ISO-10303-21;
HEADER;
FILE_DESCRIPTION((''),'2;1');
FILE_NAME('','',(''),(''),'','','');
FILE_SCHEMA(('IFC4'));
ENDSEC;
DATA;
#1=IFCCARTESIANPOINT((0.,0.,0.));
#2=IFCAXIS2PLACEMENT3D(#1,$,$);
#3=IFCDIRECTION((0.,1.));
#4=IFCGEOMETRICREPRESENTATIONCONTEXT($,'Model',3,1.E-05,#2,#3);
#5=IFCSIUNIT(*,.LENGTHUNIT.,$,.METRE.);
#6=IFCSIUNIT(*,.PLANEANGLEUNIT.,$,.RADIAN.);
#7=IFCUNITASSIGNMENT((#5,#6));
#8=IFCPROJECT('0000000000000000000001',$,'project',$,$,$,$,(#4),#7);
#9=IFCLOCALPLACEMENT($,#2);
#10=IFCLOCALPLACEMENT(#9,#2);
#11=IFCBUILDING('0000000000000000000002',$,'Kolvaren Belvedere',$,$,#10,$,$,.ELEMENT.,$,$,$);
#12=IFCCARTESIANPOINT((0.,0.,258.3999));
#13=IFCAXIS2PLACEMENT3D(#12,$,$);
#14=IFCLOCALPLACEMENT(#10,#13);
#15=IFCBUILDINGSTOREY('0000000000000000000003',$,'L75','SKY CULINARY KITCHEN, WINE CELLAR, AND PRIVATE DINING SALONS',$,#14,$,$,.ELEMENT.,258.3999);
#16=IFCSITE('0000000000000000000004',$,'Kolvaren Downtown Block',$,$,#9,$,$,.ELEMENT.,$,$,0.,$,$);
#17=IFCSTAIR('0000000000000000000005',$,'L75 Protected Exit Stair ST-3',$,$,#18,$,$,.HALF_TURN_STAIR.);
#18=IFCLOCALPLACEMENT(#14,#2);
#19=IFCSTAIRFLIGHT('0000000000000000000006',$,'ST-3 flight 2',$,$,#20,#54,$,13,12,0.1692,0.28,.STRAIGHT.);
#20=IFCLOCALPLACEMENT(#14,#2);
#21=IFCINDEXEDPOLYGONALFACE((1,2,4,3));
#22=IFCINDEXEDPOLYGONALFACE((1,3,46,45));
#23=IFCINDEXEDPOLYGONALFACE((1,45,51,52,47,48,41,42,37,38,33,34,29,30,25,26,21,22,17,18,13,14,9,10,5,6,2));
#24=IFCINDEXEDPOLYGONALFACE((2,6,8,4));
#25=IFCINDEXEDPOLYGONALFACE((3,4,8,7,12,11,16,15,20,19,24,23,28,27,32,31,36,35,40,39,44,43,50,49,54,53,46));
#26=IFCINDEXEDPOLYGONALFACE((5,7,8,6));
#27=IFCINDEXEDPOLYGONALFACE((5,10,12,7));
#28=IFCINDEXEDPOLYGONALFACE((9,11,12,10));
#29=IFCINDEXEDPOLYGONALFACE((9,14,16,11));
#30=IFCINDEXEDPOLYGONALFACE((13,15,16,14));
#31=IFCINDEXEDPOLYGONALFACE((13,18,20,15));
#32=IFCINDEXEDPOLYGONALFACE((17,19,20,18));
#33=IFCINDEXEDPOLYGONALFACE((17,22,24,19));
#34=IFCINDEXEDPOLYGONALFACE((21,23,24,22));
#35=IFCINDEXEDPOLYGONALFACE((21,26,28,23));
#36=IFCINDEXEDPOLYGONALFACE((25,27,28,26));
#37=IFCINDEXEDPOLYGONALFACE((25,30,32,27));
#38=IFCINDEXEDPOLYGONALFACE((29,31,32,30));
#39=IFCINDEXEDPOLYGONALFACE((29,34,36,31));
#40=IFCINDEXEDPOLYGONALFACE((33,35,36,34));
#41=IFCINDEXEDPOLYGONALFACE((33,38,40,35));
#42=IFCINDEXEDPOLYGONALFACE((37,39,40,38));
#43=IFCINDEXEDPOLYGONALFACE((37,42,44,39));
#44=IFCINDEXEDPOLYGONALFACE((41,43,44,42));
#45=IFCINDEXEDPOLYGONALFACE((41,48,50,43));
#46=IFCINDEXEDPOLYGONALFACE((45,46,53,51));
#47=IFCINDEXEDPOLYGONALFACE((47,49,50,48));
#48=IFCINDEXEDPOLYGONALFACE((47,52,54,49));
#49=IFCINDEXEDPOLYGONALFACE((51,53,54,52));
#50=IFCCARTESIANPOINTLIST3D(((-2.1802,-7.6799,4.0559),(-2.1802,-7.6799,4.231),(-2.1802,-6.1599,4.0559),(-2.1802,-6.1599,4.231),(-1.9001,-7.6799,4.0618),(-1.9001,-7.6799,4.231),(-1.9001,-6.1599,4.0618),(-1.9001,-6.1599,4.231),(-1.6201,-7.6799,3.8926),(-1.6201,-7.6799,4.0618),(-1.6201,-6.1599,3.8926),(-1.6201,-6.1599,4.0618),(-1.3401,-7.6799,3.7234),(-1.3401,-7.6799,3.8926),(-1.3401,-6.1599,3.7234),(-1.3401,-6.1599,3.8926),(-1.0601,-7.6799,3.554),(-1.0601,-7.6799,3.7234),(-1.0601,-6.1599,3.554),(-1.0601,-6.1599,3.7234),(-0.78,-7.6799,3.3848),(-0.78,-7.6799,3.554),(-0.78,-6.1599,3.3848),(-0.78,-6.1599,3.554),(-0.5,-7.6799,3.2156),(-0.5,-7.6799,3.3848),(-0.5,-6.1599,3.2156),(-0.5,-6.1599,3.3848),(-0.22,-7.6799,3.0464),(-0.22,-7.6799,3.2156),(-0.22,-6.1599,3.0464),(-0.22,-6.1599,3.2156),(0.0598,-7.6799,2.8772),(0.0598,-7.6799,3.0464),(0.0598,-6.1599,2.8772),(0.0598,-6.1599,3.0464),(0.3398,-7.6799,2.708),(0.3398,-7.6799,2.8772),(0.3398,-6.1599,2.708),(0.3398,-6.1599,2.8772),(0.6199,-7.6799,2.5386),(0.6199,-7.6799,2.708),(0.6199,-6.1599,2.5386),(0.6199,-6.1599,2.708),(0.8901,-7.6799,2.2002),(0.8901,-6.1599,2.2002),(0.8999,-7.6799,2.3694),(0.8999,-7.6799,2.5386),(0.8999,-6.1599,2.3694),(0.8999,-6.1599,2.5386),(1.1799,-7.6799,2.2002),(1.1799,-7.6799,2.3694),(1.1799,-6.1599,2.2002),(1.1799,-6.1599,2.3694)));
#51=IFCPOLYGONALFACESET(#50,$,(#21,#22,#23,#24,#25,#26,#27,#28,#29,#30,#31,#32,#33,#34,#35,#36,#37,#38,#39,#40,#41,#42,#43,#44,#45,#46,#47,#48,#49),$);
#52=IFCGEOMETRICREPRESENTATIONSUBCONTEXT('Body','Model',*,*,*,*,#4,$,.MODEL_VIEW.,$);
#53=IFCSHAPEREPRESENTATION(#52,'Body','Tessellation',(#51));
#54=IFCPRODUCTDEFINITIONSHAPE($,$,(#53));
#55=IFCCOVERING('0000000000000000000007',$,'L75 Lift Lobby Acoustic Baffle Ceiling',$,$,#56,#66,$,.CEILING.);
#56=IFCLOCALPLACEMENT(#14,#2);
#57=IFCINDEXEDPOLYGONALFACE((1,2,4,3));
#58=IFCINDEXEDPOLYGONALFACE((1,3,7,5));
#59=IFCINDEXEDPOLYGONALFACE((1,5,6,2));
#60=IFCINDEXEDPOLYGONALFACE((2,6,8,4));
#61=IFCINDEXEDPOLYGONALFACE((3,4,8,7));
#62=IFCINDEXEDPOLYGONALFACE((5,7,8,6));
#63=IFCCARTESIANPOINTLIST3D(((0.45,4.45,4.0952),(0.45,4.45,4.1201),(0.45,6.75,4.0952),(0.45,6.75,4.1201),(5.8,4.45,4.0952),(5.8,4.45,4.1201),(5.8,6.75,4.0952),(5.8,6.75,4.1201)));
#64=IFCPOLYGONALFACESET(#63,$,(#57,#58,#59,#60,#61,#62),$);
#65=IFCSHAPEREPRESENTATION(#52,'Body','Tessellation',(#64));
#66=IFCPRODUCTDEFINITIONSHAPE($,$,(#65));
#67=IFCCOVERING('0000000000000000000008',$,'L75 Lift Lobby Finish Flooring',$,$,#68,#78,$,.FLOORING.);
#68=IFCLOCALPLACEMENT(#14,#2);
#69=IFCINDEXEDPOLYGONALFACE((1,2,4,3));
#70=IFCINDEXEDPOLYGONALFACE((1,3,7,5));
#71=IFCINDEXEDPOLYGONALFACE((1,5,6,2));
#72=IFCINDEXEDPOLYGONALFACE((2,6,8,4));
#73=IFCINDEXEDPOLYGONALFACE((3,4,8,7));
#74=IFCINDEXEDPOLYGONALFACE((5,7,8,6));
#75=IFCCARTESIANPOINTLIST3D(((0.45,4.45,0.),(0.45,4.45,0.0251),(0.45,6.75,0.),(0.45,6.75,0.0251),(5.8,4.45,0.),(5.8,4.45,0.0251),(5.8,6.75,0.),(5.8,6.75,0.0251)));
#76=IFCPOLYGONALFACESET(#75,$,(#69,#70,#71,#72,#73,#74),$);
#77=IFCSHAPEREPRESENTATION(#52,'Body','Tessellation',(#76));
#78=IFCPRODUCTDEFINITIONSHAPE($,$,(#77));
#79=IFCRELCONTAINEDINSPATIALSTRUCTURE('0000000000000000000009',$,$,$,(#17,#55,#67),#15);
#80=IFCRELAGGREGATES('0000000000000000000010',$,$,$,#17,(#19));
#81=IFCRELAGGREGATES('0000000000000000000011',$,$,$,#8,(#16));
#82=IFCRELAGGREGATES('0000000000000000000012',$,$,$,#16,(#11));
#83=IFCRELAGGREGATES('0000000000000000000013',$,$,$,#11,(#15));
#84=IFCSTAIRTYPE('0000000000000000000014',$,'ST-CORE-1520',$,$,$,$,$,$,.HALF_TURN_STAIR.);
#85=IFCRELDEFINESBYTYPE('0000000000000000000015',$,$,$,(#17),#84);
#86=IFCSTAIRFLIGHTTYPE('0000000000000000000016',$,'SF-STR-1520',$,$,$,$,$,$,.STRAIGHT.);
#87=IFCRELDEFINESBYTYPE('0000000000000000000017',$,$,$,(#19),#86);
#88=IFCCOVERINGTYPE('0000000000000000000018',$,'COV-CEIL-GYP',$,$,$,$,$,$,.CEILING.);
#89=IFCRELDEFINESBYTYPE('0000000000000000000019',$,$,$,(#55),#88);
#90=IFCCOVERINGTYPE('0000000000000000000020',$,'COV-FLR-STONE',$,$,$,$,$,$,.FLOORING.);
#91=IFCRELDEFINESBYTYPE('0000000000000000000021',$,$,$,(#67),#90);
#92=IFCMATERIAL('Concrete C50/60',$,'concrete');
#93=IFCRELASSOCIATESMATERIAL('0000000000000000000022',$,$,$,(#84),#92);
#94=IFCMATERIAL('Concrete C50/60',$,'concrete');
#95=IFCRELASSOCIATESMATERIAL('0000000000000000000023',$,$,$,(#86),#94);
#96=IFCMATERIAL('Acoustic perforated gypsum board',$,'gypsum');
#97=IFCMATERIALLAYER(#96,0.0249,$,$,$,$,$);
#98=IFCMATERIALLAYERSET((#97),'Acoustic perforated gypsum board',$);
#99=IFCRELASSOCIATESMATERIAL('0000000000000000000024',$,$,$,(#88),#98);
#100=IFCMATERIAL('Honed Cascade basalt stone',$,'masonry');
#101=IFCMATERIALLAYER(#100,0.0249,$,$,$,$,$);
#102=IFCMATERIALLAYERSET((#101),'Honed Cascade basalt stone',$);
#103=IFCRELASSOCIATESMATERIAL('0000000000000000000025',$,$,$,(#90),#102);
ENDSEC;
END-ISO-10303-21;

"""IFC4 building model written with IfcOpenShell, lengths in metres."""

from ifc_helpers import new_model, si_unit, direction, frame, origin, place, context, subcontext, project, spatial, polyline, outline, extrude, material, layer, layer_set, type_object, element, aggregate, save


model = new_model("IFC4")

# Units and contexts
model_context = context("Model", 3, precision=1e-05, world=origin(), true_north=direction((0.0, 1.0)))
body_context = subcontext(model_context, "Body", "Model", "MODEL_VIEW")
ifc_project = project(units=[si_unit("LENGTHUNIT", "METRE"), si_unit("PLANEANGLEUNIT", "RADIAN")], contexts=[model_context])

# Site, building, storey
site_placement = place(None, origin())
site = spatial("IfcSite", under=ifc_project, at=site_placement, Name="Kolvaren Downtown Block", CompositionType="ELEMENT", RefElevation=0.0)
building_placement = place(site_placement, origin())
building = spatial("IfcBuilding", under=site, at=building_placement, Name="Kolvaren Belvedere", CompositionType="ELEMENT")
storey_placement = place(building_placement, frame((0.0, 0.0, 258.3999)))
storey = spatial("IfcBuildingStorey", under=building, at=storey_placement, Name="L75", Description="SKY CULINARY KITCHEN, WINE CELLAR, AND PRIVATE DINING SALONS", CompositionType="ELEMENT", Elevation=258.3999)

# Stair
ifc_material_1 = material(Name="Concrete C50/60", Category="concrete")
stair_type = type_object("IfcStairType", Name="ST-CORE-1520", PredefinedType="HALF_TURN_STAIR", material=ifc_material_1)
stair_1_placement = place(storey_placement, origin())
stair_1 = element("IfcStair", 1, at=stair_1_placement, inside=storey, type_object=stair_type, Name="L75 Protected Exit Stair ST-3", PredefinedType="HALF_TURN_STAIR")

# Stair flight
ifc_material_2 = material(Name="Concrete C50/60", Category="concrete")
stair_flight_type = type_object("IfcStairFlightType", Name="SF-STR-1520", PredefinedType="STRAIGHT", material=ifc_material_2)
stair_flight_placement = place(storey_placement, frame((1.1799, -6.9199, 2.2002), z_axis=(0.0, 0.0, 1.0), x_axis=(-1.0, 0.0, 0.0)))
stair_flight = element("IfcStairFlight", 2, at=stair_flight_placement, type_object=stair_flight_type, Name="ST-3 flight 2", NumberOfRisers=13, NumberOfTreads=12, PredefinedType="STRAIGHT", RiserHeight=0.1692, TreadLength=0.28, context=body_context, shape_type="SweptSolid", body=[
    extrude(outline(polyline([(0.0, 0.0), (0.0, 0.1692), (0.28, 0.1692), (0.28, 0.3384), (0.5601, 0.3384), (0.5601, 0.5078), (0.8401, 0.5078), (0.8401, 0.677), (1.1201, 0.677), (1.1201, 0.8462), (1.3999, 0.8462), (1.3999, 1.0154), (1.6799, 1.0154), (1.6799, 1.1846), (1.96, 1.1846), (1.96, 1.3538), (2.24, 1.3538), (2.24, 1.5232), (2.52, 1.5232), (2.52, 1.6924), (2.8, 1.6924), (2.8, 1.8616), (3.0801, 1.8616), (3.0801, 2.0308), (3.3601, 2.0308), (3.3601, 2.2), (3.3601, 1.8557), (0.2898, 0.0), (0.0, 0.0)])), frame((0.0, 0.76, 0.0), z_axis=(0.0, -1.0, 0.0), x_axis=(1.0, 0.0, 0.0)), (0.0, 0.0, 1.0), 1.52),
])
aggregate(stair_1, [stair_flight])

# Coverings
ifc_material_3 = material(Name="Acoustic perforated gypsum board", Category="gypsum")
ifc_layer_1 = layer(ifc_material_3, 0.0249)
ifc_layer_set_1 = layer_set([ifc_layer_1], Name="Acoustic perforated gypsum board")
covering_type_1 = type_object("IfcCoveringType", Name="COV-CEIL-GYP", PredefinedType="CEILING", material=ifc_layer_set_1)
covering_1_placement = place(storey_placement, frame((0.0, 0.0, 4.0952)))
element("IfcCovering", 3, at=covering_1_placement, inside=storey, type_object=covering_type_1, Name="L75 Lift Lobby Acoustic Baffle Ceiling", PredefinedType="CEILING", context=body_context, shape_type="SweptSolid", body=[
    extrude(outline(polyline([(0.45, 4.45), (5.8, 4.45), (5.8, 6.75), (0.45, 6.75), (0.45, 4.45)])), origin(), (0.0, 0.0, 1.0), 0.0249),
])
ifc_material_4 = material(Name="Honed Cascade basalt stone", Category="masonry")
ifc_layer_2 = layer(ifc_material_4, 0.0249)
ifc_layer_set_2 = layer_set([ifc_layer_2], Name="Honed Cascade basalt stone")
covering_type_2 = type_object("IfcCoveringType", Name="COV-FLR-STONE", PredefinedType="FLOORING", material=ifc_layer_set_2)
covering_2_placement = place(storey_placement, origin())
element("IfcCovering", 4, at=covering_2_placement, inside=storey, type_object=covering_type_2, Name="L75 Lift Lobby Finish Flooring", PredefinedType="FLOORING", context=body_context, shape_type="SweptSolid", body=[
    extrude(outline(polyline([(0.45, 4.45), (5.8, 4.45), (5.8, 6.75), (0.45, 6.75), (0.45, 4.45)])), origin(), (0.0, 0.0, 1.0), 0.0251),
])

save(model, "model.ifc")
